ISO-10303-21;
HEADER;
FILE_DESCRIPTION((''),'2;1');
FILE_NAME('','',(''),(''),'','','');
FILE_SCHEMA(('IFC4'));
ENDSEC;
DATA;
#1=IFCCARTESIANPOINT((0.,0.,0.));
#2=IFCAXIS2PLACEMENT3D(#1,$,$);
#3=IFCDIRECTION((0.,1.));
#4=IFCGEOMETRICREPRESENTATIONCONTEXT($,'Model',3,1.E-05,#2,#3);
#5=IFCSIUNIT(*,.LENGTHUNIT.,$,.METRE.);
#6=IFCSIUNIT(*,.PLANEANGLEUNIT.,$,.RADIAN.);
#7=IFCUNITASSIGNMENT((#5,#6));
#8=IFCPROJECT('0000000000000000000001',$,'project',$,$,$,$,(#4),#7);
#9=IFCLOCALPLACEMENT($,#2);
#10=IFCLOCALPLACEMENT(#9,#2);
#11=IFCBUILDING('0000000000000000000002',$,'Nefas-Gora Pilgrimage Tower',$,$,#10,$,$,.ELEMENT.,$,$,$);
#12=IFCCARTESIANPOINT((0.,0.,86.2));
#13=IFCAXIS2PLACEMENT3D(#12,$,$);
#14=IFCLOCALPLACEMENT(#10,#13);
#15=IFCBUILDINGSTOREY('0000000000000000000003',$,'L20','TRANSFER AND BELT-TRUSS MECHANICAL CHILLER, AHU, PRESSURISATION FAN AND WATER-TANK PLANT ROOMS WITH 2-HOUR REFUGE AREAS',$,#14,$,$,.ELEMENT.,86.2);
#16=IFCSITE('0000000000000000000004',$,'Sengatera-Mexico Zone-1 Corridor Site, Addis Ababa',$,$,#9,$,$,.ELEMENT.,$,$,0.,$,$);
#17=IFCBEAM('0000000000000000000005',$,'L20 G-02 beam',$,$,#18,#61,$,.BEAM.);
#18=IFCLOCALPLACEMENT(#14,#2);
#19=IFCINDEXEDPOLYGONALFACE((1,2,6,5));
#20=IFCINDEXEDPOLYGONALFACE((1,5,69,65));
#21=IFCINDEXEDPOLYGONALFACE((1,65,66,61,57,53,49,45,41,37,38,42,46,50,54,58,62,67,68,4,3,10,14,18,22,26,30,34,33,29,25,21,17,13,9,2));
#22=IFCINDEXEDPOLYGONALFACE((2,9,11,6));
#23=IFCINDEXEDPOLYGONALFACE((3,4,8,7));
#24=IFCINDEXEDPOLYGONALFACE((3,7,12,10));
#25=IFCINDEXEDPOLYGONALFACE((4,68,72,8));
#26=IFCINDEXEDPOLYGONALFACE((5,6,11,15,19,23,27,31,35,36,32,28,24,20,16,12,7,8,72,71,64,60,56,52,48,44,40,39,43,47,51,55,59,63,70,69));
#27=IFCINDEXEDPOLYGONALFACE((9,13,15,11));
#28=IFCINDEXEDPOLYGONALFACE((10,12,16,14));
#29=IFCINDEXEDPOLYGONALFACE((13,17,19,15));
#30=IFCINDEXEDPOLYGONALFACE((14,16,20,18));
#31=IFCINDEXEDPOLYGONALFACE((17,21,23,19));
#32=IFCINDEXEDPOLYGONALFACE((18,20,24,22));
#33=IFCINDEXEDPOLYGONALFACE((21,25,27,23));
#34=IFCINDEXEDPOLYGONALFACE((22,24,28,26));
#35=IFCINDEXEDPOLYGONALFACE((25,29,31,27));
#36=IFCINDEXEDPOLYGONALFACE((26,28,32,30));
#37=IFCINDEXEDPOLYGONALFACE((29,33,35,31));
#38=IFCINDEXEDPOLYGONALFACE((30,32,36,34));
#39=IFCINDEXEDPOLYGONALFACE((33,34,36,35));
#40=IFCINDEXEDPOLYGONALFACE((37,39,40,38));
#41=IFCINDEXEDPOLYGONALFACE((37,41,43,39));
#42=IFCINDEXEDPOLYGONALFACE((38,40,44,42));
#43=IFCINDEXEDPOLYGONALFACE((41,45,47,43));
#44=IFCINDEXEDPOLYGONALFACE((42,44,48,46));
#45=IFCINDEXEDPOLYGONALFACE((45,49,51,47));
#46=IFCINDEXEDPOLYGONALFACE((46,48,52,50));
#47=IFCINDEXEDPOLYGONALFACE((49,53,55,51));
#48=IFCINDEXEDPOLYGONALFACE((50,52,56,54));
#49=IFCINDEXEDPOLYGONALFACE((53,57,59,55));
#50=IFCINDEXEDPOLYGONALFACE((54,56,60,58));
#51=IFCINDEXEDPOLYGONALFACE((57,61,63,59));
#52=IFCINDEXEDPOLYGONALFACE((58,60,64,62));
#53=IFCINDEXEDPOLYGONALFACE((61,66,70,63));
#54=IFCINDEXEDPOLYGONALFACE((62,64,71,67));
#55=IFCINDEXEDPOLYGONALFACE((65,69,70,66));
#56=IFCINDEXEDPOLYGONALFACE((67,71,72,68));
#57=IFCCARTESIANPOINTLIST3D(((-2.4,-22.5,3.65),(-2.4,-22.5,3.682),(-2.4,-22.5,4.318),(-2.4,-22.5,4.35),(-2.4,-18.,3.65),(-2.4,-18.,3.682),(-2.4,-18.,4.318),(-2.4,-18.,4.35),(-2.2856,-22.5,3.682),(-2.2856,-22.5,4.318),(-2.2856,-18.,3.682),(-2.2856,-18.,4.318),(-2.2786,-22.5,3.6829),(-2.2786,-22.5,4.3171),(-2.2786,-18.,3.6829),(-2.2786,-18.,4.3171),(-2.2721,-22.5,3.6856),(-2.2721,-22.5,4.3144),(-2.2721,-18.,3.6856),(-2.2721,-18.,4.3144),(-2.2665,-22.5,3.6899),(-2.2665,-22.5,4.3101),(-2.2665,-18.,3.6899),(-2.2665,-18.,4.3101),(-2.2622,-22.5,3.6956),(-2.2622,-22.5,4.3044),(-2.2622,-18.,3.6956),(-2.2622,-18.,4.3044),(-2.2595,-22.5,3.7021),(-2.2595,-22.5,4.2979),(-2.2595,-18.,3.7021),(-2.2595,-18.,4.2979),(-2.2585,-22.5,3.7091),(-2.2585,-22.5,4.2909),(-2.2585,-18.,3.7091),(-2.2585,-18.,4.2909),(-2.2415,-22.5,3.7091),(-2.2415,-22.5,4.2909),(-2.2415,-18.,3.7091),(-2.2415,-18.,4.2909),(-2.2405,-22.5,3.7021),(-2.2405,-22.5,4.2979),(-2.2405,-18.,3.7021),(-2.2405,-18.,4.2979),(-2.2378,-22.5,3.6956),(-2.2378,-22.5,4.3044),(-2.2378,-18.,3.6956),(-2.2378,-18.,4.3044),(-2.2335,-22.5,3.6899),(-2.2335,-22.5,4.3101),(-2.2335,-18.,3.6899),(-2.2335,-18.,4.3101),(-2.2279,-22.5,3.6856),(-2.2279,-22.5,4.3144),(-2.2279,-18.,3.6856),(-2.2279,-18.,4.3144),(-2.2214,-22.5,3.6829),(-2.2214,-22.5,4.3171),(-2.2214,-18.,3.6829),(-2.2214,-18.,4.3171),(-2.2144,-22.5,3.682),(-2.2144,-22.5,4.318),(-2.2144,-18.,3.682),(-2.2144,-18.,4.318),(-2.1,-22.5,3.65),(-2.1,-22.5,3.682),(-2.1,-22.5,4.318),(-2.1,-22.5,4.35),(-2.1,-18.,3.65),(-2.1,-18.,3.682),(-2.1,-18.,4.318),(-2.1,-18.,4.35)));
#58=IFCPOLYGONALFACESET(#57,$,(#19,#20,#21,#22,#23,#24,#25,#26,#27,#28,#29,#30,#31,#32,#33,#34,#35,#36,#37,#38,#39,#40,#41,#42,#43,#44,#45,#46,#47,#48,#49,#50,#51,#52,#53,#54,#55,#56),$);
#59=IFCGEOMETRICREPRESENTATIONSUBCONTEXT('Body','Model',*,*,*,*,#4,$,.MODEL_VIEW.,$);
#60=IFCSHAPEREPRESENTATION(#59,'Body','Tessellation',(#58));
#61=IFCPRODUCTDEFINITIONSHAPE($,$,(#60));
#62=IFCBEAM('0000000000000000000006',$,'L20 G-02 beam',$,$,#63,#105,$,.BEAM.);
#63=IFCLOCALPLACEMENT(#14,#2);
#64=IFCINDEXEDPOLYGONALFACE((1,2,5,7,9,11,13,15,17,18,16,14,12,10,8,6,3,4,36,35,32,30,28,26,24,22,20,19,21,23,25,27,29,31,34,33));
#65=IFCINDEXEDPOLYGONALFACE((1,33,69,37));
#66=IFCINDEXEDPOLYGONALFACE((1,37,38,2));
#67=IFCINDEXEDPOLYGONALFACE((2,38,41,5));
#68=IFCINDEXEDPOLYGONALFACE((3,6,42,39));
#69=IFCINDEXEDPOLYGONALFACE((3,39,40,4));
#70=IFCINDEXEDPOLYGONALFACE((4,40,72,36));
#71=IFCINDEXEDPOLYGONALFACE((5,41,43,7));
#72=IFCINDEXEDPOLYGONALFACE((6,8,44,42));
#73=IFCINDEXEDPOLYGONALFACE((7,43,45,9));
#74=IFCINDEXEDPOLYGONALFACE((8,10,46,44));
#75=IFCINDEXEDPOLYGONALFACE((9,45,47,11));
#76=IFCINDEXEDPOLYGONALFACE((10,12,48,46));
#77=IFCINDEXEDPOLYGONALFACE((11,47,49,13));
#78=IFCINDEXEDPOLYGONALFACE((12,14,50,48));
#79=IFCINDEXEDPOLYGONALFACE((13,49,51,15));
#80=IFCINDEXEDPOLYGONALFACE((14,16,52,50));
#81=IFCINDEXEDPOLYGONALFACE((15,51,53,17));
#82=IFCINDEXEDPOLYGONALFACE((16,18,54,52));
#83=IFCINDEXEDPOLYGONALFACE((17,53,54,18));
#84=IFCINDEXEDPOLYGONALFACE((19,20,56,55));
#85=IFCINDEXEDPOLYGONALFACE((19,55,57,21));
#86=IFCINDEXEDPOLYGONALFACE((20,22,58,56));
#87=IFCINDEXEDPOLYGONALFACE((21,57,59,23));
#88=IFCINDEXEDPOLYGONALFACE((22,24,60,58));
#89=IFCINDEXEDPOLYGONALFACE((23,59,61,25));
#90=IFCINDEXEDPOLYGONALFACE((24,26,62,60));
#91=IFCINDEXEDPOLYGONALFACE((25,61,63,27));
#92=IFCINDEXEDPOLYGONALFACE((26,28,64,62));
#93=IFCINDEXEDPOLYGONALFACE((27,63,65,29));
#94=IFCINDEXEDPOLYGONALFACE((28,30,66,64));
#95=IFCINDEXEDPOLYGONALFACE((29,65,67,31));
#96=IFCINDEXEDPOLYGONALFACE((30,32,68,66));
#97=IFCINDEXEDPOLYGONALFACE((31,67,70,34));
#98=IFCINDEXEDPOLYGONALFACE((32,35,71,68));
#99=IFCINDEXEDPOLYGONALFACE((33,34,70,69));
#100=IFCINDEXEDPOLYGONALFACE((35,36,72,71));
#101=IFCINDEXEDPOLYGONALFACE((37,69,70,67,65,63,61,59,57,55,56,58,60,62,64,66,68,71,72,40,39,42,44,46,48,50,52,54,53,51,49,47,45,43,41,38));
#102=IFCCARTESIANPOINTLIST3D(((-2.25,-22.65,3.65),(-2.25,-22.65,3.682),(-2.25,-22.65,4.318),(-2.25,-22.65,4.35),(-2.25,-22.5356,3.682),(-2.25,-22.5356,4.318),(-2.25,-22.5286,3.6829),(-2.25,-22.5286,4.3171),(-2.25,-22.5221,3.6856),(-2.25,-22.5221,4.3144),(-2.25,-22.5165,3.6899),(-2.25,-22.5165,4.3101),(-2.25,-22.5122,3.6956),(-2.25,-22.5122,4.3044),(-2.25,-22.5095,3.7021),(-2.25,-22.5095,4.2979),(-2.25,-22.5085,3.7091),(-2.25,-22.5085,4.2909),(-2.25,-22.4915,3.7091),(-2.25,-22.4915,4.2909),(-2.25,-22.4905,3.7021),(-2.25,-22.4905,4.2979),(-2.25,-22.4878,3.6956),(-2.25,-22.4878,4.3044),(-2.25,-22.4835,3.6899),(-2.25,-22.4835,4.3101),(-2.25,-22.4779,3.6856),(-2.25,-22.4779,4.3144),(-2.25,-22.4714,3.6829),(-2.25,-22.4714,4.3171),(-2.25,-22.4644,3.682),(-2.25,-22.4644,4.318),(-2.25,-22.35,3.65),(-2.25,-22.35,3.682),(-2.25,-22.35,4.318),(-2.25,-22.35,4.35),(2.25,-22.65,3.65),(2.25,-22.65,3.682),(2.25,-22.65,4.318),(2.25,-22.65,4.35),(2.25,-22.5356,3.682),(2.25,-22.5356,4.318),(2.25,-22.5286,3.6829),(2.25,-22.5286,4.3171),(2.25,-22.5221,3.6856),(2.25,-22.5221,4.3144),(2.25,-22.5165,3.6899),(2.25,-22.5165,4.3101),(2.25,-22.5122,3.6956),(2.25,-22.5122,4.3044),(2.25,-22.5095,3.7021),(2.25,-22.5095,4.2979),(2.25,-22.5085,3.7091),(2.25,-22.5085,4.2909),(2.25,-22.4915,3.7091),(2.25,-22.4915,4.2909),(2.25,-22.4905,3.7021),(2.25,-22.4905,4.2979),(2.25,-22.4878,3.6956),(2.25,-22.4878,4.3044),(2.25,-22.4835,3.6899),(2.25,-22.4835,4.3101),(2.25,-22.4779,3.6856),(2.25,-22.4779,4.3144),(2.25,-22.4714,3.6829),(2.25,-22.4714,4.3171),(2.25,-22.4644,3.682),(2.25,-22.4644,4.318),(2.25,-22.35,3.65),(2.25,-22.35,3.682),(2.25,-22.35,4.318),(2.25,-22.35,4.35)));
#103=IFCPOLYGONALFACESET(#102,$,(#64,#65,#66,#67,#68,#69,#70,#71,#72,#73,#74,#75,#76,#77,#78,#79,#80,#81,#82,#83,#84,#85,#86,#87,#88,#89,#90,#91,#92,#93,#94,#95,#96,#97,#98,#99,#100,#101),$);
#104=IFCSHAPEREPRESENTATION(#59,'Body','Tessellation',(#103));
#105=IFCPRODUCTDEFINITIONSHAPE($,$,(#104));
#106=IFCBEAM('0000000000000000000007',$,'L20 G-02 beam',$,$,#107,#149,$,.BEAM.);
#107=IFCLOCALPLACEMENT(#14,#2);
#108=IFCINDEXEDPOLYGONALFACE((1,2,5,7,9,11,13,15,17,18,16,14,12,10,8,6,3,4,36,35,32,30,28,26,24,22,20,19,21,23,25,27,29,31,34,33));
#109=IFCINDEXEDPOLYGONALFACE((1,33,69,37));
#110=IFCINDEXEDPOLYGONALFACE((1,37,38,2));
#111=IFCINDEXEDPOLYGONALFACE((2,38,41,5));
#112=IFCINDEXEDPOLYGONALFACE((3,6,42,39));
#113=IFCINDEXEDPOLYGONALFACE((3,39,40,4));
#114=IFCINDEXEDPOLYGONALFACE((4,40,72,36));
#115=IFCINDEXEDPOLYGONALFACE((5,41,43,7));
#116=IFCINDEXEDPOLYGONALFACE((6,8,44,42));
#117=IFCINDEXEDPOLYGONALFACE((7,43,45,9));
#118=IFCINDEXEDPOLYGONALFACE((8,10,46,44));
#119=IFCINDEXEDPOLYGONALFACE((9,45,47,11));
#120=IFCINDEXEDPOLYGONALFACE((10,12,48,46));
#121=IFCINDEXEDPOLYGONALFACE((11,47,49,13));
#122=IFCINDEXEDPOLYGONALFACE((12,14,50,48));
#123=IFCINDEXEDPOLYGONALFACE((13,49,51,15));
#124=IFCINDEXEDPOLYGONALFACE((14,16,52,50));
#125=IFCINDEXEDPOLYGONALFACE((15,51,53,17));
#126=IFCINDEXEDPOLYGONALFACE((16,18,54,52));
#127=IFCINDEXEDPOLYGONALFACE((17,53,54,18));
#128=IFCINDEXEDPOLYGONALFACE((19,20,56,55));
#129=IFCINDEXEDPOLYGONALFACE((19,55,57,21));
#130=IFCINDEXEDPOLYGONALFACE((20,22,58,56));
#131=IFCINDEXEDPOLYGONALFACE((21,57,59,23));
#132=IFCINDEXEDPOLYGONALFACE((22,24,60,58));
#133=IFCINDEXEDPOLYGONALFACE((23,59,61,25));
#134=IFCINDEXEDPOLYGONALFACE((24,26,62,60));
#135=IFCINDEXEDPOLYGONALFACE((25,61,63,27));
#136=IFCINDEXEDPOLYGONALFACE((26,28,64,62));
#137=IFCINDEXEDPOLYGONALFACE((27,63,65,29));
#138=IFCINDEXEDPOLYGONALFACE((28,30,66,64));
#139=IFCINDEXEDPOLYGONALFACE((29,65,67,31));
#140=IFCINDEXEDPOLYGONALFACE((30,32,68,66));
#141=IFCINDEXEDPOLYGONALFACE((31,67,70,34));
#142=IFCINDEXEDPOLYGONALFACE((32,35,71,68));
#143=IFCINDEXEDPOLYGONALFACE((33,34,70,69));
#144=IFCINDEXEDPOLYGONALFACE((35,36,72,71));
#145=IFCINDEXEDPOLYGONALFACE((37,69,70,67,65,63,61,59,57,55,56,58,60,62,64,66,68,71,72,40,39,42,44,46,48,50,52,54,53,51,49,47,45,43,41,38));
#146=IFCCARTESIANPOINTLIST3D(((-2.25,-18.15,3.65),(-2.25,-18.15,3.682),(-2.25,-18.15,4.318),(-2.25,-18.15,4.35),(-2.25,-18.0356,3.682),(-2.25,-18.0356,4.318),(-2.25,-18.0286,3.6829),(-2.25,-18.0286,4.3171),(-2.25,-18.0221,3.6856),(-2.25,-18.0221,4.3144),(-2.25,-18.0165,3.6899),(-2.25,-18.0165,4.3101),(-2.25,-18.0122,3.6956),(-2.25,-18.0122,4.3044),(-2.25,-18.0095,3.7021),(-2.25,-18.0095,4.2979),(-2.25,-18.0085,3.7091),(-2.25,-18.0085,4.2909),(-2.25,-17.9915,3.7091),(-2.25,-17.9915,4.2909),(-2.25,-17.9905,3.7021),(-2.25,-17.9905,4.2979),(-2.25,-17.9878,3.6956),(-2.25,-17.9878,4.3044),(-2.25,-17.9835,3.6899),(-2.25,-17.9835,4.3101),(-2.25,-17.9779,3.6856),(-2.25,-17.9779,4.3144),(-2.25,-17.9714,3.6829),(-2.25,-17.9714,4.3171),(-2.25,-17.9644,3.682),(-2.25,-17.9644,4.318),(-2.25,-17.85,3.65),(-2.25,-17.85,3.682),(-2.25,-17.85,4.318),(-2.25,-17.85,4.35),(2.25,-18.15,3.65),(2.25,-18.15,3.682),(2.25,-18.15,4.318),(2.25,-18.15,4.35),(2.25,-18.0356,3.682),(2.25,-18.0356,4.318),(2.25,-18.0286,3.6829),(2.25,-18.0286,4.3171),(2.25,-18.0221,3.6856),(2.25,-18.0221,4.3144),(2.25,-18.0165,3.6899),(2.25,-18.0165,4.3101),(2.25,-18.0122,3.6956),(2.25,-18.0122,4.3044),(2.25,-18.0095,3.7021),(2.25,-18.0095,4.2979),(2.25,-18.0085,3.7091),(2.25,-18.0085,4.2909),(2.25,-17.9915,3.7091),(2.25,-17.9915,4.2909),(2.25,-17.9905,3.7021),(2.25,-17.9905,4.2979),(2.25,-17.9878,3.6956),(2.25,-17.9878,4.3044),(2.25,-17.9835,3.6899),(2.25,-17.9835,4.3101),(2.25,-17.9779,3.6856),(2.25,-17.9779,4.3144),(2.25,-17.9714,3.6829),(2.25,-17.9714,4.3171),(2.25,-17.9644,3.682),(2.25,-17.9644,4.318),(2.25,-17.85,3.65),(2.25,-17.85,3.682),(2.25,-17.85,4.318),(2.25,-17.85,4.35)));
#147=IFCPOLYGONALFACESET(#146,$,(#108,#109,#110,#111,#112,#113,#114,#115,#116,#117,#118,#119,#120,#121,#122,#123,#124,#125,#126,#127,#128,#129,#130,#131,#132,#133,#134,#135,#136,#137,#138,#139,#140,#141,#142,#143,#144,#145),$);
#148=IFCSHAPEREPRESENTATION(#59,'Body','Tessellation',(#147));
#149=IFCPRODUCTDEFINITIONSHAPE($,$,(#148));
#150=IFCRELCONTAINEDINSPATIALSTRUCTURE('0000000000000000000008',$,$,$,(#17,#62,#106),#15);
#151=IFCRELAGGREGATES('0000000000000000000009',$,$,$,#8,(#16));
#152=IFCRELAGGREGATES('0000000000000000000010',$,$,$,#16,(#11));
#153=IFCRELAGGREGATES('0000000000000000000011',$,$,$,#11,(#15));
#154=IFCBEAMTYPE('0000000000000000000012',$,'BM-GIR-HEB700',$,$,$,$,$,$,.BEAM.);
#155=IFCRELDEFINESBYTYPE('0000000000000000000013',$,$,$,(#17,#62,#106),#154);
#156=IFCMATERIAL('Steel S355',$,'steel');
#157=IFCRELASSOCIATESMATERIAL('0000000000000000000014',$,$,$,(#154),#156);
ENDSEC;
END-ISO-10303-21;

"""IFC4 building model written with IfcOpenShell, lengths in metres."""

from ifc_helpers import new_model, si_unit, direction, frame, origin, origin_2d, place, context, subcontext, project, spatial, i_section, extrude, source, transform, mapped, material, material_profile, profile_set, type_object, element, save


model = new_model("IFC4")

# Units and contexts
model_context = context("Model", 3, precision=1e-05, world=origin(), true_north=direction((0.0, 1.0)))
body_context = subcontext(model_context, "Body", "Model", "MODEL_VIEW")
ifc_project = project(units=[si_unit("LENGTHUNIT", "METRE"), si_unit("PLANEANGLEUNIT", "RADIAN")], contexts=[model_context])

# Site, building, storey
site_placement = place(None, origin())
site = spatial("IfcSite", under=ifc_project, at=site_placement, Name="Sengatera-Mexico Zone-1 Corridor Site, Addis Ababa", CompositionType="ELEMENT", RefElevation=0.0)
building_placement = place(site_placement, origin())
building = spatial("IfcBuilding", under=site, at=building_placement, Name="Nefas-Gora Pilgrimage Tower", CompositionType="ELEMENT")
storey_placement = place(building_placement, frame((0.0, 0.0, 86.2)))
storey = spatial("IfcBuildingStorey", under=building, at=storey_placement, Name="L20", Description="TRANSFER AND BELT-TRUSS MECHANICAL CHILLER, AHU, PRESSURISATION FAN AND WATER-TANK PLANT ROOMS WITH 2-HOUR REFUGE AREAS", CompositionType="ELEMENT", Elevation=86.2)

# Beams
ifc_material_1 = material(Name="Steel S355", Category="steel")
ifc_material_profile_1 = material_profile(ifc_material_1, i_section(OverallWidth=0.3, OverallDepth=0.7, WebThickness=0.0171, FlangeThickness=0.032, FilletRadius=0.0271, at=origin_2d()), Name="HEB 700")
ifc_profile_set_1 = profile_set([ifc_material_profile_1], Name="Steel S355")
beam_type = type_object("IfcBeamType", Name="BM-GIR-HEB700", PredefinedType="BEAM", material=ifc_profile_set_1)
shared_shape_1 = source(origin(), body_context, "Body", "SweptSolid", [
    extrude(i_section(OverallWidth=0.3, OverallDepth=0.7, WebThickness=0.0171, FlangeThickness=0.032, FilletRadius=0.0271, at=origin_2d()), origin(), (0.0, 0.0, 1.0), 4.5),
])
for number, where, z_axis, x_axis, name in (
    (1, (-2.25, -22.5, 4.0), (0.0, 1.0, 0.0), (-1.0, 0.0, 0.0), "L20 G-02 beam"),
    (2, (-2.25, -22.5, 4.0), (1.0, 0.0, 0.0), (0.0, 1.0, 0.0), "L20 G-02 beam"),
    (3, (-2.25, -18.0, 4.0), (1.0, 0.0, 0.0), (0.0, 1.0, 0.0), "L20 G-02 beam"),
):
    element("IfcBeam", number, at=place(storey_placement, frame(where, z_axis=z_axis, x_axis=x_axis)), inside=storey, type_object=beam_type, Name=name, PredefinedType="BEAM", context=body_context, shape_type="MappedRepresentation", body=[
        mapped(shared_shape_1, transform((0.0, 0.0, 0.0), x_axis=(1.0, 0.0, 0.0), y_axis=(0.0, 1.0, 0.0), z_axis=(0.0, 0.0, 1.0), scale=1.0)),
    ])

save(model, "model.ifc")
